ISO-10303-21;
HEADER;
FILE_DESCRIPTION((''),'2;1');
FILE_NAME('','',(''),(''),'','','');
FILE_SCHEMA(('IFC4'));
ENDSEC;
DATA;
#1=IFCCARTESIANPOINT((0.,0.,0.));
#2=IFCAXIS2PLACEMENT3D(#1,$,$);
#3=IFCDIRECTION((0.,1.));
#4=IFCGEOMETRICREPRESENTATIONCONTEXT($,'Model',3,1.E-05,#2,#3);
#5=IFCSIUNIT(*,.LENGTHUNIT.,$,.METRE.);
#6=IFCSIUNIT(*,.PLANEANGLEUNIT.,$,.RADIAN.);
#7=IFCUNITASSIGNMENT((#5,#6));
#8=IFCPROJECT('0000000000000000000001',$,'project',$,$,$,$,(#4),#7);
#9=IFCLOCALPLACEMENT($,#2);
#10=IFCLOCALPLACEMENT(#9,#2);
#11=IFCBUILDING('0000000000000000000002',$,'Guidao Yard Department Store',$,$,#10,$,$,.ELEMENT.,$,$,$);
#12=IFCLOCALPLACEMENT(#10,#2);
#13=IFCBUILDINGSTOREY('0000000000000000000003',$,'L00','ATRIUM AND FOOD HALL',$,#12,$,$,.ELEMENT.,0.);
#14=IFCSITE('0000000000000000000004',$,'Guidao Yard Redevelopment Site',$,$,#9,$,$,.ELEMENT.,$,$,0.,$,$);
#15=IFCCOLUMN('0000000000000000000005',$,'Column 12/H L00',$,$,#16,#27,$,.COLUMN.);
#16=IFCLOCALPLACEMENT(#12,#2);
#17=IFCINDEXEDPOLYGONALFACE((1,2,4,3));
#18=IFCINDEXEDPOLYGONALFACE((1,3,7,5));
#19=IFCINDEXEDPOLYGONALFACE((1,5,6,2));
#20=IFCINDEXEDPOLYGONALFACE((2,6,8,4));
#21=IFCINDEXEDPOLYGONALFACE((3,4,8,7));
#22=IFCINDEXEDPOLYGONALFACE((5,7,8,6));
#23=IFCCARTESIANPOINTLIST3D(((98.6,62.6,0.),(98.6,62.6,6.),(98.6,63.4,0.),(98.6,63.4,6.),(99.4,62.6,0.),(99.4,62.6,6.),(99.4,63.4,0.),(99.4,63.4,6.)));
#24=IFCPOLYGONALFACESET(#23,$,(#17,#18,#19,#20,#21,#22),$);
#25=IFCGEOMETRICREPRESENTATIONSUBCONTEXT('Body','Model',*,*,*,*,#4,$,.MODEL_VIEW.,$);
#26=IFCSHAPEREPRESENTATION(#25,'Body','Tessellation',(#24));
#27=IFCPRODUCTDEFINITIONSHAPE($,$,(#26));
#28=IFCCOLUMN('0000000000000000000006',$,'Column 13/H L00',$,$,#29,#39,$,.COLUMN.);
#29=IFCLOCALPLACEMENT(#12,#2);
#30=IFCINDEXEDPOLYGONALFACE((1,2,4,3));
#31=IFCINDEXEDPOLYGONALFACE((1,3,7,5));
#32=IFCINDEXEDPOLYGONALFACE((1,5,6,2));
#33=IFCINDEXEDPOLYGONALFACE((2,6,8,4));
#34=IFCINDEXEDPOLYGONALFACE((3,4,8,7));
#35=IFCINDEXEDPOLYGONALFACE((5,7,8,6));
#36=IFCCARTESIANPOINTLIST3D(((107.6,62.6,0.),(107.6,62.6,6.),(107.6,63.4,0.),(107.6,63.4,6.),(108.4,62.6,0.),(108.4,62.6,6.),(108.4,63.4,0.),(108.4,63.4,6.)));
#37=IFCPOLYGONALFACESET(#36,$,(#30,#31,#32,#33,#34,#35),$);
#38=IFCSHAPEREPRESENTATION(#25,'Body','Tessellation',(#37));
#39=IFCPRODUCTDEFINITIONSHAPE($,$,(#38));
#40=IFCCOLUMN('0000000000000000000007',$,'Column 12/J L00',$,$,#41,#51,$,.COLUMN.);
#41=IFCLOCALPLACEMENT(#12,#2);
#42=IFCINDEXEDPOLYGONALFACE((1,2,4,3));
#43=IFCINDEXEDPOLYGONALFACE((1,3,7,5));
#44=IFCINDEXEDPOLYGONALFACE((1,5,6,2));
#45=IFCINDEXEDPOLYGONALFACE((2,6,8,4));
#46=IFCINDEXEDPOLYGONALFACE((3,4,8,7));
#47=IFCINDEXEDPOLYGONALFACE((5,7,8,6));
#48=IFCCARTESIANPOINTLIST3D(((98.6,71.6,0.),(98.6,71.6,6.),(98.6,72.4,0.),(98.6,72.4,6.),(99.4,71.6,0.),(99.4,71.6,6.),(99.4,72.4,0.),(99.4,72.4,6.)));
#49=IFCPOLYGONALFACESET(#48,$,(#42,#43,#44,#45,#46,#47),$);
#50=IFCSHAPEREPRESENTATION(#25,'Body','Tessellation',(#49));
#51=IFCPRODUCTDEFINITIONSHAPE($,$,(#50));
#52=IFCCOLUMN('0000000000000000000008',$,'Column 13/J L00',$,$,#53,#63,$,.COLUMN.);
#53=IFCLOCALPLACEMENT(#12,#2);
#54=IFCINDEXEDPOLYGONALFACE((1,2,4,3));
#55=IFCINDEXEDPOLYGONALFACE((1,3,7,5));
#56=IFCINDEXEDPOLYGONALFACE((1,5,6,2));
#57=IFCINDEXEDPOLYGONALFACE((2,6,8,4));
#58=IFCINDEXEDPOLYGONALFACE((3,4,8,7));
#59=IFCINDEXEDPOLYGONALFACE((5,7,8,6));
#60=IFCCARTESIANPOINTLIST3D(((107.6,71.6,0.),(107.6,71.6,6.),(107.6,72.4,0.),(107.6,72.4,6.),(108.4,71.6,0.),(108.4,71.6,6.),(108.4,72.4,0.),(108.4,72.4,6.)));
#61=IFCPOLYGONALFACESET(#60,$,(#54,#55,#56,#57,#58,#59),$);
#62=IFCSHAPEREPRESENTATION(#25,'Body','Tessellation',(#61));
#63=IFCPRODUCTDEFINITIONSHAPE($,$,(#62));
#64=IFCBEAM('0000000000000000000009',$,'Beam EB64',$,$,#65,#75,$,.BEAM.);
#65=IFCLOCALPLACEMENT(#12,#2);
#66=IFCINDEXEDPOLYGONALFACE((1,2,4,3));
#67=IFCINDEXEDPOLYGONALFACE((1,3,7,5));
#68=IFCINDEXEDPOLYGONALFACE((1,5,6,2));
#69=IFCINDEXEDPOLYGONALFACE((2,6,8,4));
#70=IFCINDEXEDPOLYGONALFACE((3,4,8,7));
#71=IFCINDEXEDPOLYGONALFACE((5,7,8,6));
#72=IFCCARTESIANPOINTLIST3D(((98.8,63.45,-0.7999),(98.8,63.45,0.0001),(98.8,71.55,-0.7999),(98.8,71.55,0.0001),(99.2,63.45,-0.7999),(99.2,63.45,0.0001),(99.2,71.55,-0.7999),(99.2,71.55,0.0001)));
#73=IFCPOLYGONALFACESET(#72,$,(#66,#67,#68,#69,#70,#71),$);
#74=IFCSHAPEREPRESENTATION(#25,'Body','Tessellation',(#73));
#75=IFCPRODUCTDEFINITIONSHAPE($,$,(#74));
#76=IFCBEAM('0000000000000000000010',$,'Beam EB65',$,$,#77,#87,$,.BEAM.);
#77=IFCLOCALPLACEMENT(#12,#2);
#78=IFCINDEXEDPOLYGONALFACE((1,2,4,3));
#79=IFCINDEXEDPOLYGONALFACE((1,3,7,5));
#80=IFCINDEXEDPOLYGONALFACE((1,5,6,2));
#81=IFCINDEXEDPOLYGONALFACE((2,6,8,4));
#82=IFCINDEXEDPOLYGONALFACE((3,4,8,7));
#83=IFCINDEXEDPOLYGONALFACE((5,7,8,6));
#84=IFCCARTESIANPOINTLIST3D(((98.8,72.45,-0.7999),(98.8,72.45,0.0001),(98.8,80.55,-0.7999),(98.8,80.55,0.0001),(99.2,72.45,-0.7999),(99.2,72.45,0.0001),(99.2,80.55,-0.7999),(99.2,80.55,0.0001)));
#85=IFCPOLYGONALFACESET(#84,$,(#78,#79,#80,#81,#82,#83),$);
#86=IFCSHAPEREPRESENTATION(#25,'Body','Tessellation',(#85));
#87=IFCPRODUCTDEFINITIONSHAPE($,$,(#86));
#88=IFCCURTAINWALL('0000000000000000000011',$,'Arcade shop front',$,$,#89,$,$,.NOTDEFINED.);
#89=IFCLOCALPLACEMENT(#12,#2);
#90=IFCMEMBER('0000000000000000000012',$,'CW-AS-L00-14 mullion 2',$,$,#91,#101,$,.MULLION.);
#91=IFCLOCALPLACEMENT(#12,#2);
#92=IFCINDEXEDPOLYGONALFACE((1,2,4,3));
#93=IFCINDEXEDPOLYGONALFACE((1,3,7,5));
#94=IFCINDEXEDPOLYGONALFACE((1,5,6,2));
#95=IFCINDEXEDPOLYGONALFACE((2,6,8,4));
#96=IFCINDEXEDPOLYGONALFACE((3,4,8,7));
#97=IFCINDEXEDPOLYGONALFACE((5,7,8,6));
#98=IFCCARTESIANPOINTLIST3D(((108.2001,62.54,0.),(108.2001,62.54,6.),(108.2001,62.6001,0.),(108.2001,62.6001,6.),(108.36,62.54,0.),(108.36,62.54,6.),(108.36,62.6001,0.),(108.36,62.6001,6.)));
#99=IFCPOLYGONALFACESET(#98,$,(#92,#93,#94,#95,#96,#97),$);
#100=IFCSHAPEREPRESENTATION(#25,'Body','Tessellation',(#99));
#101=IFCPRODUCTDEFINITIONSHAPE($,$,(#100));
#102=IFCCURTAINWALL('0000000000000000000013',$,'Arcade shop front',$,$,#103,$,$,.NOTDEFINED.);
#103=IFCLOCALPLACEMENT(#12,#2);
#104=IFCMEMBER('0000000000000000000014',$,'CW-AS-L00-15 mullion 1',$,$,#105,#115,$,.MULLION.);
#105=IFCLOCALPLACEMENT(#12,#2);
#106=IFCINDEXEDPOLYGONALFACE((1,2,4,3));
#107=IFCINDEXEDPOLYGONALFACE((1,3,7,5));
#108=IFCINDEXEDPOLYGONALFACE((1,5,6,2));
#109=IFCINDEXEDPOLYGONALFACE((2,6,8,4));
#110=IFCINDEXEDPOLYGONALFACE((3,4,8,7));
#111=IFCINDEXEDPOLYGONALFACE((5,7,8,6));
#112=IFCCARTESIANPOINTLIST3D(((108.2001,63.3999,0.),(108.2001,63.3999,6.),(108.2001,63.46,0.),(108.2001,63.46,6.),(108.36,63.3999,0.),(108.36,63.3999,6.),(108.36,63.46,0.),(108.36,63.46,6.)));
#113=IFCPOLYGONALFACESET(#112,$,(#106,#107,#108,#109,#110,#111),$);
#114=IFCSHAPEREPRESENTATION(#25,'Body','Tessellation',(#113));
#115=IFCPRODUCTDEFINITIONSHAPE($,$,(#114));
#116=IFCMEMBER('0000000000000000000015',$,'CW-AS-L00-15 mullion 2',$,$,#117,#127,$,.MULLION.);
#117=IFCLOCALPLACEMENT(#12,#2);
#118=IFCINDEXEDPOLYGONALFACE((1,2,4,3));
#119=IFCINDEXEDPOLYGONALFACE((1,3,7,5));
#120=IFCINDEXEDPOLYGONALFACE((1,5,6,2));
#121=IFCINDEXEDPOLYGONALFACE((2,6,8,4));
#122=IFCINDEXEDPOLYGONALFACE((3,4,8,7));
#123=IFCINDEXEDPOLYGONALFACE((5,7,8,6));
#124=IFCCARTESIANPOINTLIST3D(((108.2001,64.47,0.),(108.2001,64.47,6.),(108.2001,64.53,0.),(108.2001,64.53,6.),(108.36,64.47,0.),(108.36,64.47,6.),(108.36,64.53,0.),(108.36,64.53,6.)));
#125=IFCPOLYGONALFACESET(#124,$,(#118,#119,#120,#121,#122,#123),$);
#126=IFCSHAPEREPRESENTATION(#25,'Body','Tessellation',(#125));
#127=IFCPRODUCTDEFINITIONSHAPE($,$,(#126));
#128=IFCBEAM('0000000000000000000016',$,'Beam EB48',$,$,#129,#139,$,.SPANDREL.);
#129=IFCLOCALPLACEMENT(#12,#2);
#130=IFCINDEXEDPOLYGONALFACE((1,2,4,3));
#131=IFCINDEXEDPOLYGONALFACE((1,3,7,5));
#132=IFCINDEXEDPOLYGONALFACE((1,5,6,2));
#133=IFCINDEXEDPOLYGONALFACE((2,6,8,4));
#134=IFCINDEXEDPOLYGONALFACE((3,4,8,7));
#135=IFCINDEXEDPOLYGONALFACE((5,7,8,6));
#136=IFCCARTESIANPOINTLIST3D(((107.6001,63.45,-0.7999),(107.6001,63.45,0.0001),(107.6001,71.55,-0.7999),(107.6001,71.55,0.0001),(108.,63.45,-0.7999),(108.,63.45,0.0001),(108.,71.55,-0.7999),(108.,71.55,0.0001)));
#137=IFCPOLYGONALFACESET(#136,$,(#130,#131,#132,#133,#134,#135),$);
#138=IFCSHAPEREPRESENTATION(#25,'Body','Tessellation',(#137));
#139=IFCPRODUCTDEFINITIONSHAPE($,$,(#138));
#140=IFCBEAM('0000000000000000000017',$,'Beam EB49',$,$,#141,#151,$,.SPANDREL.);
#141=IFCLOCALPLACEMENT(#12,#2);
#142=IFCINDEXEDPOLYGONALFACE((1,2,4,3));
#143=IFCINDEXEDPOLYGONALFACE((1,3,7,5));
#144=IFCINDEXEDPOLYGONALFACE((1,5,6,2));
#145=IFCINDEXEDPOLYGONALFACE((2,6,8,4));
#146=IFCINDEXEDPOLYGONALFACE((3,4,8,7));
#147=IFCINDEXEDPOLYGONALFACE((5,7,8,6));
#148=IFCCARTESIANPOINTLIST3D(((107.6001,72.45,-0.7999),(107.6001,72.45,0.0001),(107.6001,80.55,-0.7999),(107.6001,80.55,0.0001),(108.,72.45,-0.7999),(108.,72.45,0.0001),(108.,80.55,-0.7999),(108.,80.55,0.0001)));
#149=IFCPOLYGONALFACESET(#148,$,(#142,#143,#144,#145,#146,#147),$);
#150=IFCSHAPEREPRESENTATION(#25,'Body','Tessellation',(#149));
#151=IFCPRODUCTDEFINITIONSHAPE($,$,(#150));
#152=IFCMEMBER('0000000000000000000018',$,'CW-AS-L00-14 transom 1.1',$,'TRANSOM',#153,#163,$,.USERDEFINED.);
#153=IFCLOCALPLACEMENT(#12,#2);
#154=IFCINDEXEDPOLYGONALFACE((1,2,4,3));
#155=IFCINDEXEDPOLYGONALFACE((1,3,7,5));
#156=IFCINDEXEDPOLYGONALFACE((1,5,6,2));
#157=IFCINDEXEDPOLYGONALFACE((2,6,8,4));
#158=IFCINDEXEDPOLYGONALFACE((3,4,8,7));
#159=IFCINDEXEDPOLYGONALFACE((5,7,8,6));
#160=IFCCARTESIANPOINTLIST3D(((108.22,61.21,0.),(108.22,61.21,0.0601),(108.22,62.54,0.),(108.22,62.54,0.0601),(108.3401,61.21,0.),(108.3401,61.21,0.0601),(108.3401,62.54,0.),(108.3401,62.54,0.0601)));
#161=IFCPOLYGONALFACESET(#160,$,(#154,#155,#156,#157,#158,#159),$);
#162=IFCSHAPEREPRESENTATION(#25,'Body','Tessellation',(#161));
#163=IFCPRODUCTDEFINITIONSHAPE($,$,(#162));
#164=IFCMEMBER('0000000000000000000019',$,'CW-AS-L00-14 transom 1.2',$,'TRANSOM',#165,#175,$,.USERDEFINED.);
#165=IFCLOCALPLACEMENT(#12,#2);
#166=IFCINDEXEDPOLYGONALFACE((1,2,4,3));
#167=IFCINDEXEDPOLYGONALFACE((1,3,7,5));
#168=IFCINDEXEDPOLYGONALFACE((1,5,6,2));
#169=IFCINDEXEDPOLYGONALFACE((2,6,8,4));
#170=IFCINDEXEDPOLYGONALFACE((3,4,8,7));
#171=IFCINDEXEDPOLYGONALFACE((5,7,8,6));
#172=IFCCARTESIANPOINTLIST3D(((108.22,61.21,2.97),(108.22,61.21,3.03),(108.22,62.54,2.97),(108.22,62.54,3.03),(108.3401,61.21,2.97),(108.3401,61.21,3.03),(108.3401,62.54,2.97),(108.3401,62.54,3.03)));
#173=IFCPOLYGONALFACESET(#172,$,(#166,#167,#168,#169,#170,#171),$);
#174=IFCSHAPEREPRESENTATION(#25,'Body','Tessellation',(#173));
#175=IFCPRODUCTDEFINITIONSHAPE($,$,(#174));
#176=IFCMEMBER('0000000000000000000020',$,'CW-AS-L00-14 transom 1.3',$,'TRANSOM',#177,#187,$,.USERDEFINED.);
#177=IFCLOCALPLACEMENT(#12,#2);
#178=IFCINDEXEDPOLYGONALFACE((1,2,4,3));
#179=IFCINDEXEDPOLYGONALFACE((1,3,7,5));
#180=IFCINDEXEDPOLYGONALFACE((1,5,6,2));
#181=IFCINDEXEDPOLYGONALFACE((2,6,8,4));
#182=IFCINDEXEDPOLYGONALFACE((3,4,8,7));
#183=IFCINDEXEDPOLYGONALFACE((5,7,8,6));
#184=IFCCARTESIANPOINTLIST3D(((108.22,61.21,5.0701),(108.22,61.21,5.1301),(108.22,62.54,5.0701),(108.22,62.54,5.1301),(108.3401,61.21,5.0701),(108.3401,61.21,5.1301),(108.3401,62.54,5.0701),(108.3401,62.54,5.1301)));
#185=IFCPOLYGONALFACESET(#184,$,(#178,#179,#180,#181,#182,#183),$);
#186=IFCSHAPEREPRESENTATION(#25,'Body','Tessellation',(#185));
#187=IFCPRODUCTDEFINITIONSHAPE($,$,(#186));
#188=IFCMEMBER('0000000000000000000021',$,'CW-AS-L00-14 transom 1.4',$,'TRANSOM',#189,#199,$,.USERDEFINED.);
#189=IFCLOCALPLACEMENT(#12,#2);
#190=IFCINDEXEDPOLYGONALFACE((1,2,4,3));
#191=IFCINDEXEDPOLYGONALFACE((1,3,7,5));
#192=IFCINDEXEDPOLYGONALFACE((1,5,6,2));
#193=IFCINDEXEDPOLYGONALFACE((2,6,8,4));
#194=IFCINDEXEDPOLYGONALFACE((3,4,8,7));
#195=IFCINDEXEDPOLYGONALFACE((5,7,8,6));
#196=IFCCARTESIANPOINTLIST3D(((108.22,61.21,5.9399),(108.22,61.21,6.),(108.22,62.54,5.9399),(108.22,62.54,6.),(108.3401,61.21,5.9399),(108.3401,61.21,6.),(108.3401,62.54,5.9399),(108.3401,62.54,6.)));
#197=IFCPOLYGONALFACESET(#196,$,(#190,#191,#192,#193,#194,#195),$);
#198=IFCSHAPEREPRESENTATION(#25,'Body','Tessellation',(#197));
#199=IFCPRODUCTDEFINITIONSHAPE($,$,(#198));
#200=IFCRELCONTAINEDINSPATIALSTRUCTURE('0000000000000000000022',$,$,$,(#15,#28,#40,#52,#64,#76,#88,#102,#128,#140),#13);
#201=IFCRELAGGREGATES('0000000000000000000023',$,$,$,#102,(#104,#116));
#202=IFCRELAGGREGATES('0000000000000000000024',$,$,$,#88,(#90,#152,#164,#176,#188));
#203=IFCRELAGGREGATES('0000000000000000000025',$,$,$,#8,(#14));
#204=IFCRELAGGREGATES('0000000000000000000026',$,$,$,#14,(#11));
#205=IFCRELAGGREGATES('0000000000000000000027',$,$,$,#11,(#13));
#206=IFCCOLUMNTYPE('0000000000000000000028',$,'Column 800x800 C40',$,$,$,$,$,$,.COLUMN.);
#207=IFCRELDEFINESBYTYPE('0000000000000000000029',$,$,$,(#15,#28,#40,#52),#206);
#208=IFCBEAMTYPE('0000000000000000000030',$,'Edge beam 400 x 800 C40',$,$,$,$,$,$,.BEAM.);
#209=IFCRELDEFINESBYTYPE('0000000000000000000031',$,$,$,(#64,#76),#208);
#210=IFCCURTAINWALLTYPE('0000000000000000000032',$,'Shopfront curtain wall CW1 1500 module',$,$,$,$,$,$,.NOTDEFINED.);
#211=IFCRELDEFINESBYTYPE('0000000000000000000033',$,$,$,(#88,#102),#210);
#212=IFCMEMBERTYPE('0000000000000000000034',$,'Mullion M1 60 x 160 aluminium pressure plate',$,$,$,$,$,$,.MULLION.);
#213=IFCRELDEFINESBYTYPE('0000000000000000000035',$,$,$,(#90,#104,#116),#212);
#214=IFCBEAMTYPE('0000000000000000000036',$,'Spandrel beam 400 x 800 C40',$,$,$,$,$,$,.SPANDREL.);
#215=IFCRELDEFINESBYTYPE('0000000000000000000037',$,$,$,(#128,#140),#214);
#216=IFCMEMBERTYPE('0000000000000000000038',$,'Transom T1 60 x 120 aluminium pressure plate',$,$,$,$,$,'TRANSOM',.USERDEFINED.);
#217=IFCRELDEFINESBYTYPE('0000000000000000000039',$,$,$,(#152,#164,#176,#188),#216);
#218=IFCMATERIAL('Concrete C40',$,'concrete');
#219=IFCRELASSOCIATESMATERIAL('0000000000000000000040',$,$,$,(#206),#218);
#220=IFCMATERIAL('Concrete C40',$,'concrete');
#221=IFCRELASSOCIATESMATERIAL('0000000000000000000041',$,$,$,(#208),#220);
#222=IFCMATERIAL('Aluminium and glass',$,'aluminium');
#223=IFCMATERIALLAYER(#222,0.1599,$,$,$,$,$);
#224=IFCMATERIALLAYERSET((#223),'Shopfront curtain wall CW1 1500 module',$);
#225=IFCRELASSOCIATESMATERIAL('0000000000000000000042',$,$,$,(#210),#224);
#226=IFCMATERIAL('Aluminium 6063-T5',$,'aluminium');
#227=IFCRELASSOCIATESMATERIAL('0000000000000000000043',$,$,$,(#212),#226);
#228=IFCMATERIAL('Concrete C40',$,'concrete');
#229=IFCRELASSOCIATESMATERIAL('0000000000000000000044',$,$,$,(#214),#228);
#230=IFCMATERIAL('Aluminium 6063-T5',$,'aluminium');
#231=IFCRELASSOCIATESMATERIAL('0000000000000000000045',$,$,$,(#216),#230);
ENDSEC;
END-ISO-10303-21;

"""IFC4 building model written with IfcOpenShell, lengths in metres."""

from ifc_helpers import new_model, si_unit, direction, frame, origin, origin_2d, place, context, subcontext, project, spatial, rectangle, extrude, material, layer, layer_set, material_profile, profile_set, type_object, element, aggregate, save


model = new_model("IFC4")

# Units and contexts
model_context = context("Model", 3, precision=1e-05, world=origin(), true_north=direction((0.0, 1.0)))
body_context = subcontext(model_context, "Body", "Model", "MODEL_VIEW")
ifc_project = project(units=[si_unit("LENGTHUNIT", "METRE"), si_unit("PLANEANGLEUNIT", "RADIAN")], contexts=[model_context])

# Site, building, storey
site_placement = place(None, origin())
site = spatial("IfcSite", under=ifc_project, at=site_placement, Name="Guidao Yard Redevelopment Site", CompositionType="ELEMENT", RefElevation=0.0)
building_placement = place(site_placement, origin())
building = spatial("IfcBuilding", under=site, at=building_placement, Name="Guidao Yard Department Store", CompositionType="ELEMENT")
storey_placement = place(building_placement, origin())
storey = spatial("IfcBuildingStorey", under=building, at=storey_placement, Name="L00", Description="ATRIUM AND FOOD HALL", CompositionType="ELEMENT", Elevation=0.0)

# Columns
ifc_material_1 = material(Name="Concrete C40", Category="concrete")
ifc_material_profile_1 = material_profile(ifc_material_1, rectangle(XDim=0.8, YDim=0.8, at=origin_2d()), Name="COL 800x800")
ifc_profile_set_1 = profile_set([ifc_material_profile_1], Name="Concrete C40")
column_type = type_object("IfcColumnType", Name="Column 800x800 C40", PredefinedType="COLUMN", material=ifc_profile_set_1)
for number, where, z_axis, x_axis, name in (
    (1, (99.0, 63.0, 0.0), (0.0, 0.0, 1.0), (1.0, 0.0, 0.0), "Column 12/H L00"),
    (2, (108.0, 63.0, 0.0), (0.0, 0.0, 1.0), (1.0, 0.0, 0.0), "Column 13/H L00"),
    (3, (99.0, 72.0, 0.0), (0.0, 0.0, 1.0), (1.0, 0.0, 0.0), "Column 12/J L00"),
    (4, (108.0, 72.0, 0.0), (0.0, 0.0, 1.0), (1.0, 0.0, 0.0), "Column 13/J L00"),
):
    element("IfcColumn", number, at=place(storey_placement, frame(where, z_axis=z_axis, x_axis=x_axis)), inside=storey, type_object=column_type, Name=name, PredefinedType="COLUMN", context=body_context, shape_type="SweptSolid", body=[
        extrude(rectangle(XDim=0.8, YDim=0.8, at=origin_2d()), origin(), (0.0, 0.0, 1.0), 6.0),
    ])

# Beams
ifc_material_2 = material(Name="Concrete C40", Category="concrete")
ifc_material_profile_2 = material_profile(ifc_material_2, rectangle(XDim=0.3999, YDim=0.8, at=origin_2d()), Name="Edge beam 400 x 800 C40")
ifc_profile_set_2 = profile_set([ifc_material_profile_2], Name="Concrete C40")
beam_type_1 = type_object("IfcBeamType", Name="Edge beam 400 x 800 C40", PredefinedType="BEAM", material=ifc_profile_set_2)
for number, where, z_axis, x_axis, name in (
    (5, (99.0, 63.45, -0.3999), (0.0, 1.0, 0.0), (-1.0, 0.0, 0.0), "Beam EB64"),
    (6, (99.0, 72.45, -0.3999), (0.0, 1.0, 0.0), (-1.0, 0.0, 0.0), "Beam EB65"),
):
    element("IfcBeam", number, at=place(storey_placement, frame(where, z_axis=z_axis, x_axis=x_axis)), inside=storey, type_object=beam_type_1, Name=name, PredefinedType="BEAM", context=body_context, shape_type="SweptSolid", body=[
        extrude(rectangle(XDim=0.3999, YDim=0.8, at=origin_2d()), origin(), (0.0, 0.0, 1.0), 8.1001),
    ])

# Curtain wall, member
ifc_material_3 = material(Name="Aluminium and glass", Category="aluminium")
ifc_layer_1 = layer(ifc_material_3, 0.1599)
ifc_layer_set_1 = layer_set([ifc_layer_1], Name="Shopfront curtain wall CW1 1500 module")
curtain_wall_type = type_object("IfcCurtainWallType", Name="Shopfront curtain wall CW1 1500 module", PredefinedType="NOTDEFINED", material=ifc_layer_set_1)
curtain_wall_1_placement = place(storey_placement, origin())
curtain_wall_1 = element("IfcCurtainWall", 7, at=curtain_wall_1_placement, inside=storey, type_object=curtain_wall_type, Name="Arcade shop front", PredefinedType="NOTDEFINED")
ifc_material_4 = material(Name="Aluminium 6063-T5", Category="aluminium")
ifc_material_profile_3 = material_profile(ifc_material_4, rectangle(XDim=0.0601, YDim=0.1599, at=origin_2d()), Name="Mullion M1 60 x 160 aluminium pressure plate")
ifc_profile_set_3 = profile_set([ifc_material_profile_3], Name="Aluminium 6063-T5")
member_type_1 = type_object("IfcMemberType", Name="Mullion M1 60 x 160 aluminium pressure plate", PredefinedType="MULLION", material=ifc_profile_set_3)
member_1_placement = place(storey_placement, frame((108.28, 62.5701, 0.0), z_axis=(0.0, 0.0, 1.0), x_axis=(0.0, -1.0, 0.0)))
member_1 = element("IfcMember", 8, at=member_1_placement, type_object=member_type_1, Name="CW-AS-L00-14 mullion 2", PredefinedType="MULLION", context=body_context, shape_type="SweptSolid", body=[
    extrude(rectangle(XDim=0.0601, YDim=0.1599, at=origin_2d()), origin(), (0.0, 0.0, 1.0), 6.0),
])

# Curtain wall, members
curtain_wall_2_placement = place(storey_placement, origin())
curtain_wall_2 = element("IfcCurtainWall", 9, at=curtain_wall_2_placement, inside=storey, type_object=curtain_wall_type, Name="Arcade shop front", PredefinedType="NOTDEFINED")
member_2_placement = place(storey_placement, frame((108.28, 63.4299, 0.0), z_axis=(0.0, 0.0, 1.0), x_axis=(0.0, -1.0, 0.0)))
member_2 = element("IfcMember", 10, at=member_2_placement, type_object=member_type_1, Name="CW-AS-L00-15 mullion 1", PredefinedType="MULLION", context=body_context, shape_type="SweptSolid", body=[
    extrude(rectangle(XDim=0.0601, YDim=0.1599, at=origin_2d()), origin(), (0.0, 0.0, 1.0), 6.0),
])
member_3_placement = place(storey_placement, frame((108.28, 64.5, 0.0), z_axis=(0.0, 0.0, 1.0), x_axis=(0.0, -1.0, 0.0)))
member_3 = element("IfcMember", 11, at=member_3_placement, type_object=member_type_1, Name="CW-AS-L00-15 mullion 2", PredefinedType="MULLION", context=body_context, shape_type="SweptSolid", body=[
    extrude(rectangle(XDim=0.0601, YDim=0.1599, at=origin_2d()), origin(), (0.0, 0.0, 1.0), 6.0),
])
aggregate(curtain_wall_2, [member_2, member_3])

# Beams
ifc_material_5 = material(Name="Concrete C40", Category="concrete")
ifc_material_profile_4 = material_profile(ifc_material_5, rectangle(XDim=0.3999, YDim=0.8, at=origin_2d()), Name="Spandrel beam 400 x 800 C40")
ifc_profile_set_4 = profile_set([ifc_material_profile_4], Name="Concrete C40")
beam_type_2 = type_object("IfcBeamType", Name="Spandrel beam 400 x 800 C40", PredefinedType="SPANDREL", material=ifc_profile_set_4)
for number, where, z_axis, x_axis, name in (
    (12, (107.8, 63.45, -0.3999), (0.0, 1.0, 0.0), (-1.0, 0.0, 0.0), "Beam EB48"),
    (13, (107.8, 72.45, -0.3999), (0.0, 1.0, 0.0), (-1.0, 0.0, 0.0), "Beam EB49"),
):
    element("IfcBeam", number, at=place(storey_placement, frame(where, z_axis=z_axis, x_axis=x_axis)), inside=storey, type_object=beam_type_2, Name=name, PredefinedType="SPANDREL", context=body_context, shape_type="SweptSolid", body=[
        extrude(rectangle(XDim=0.3999, YDim=0.8, at=origin_2d()), origin(), (0.0, 0.0, 1.0), 8.1001),
    ])

# Members
ifc_material_6 = material(Name="Aluminium 6063-T5", Category="aluminium")
ifc_material_profile_5 = material_profile(ifc_material_6, rectangle(XDim=0.1201, YDim=0.0601, at=origin_2d()), Name="Transom T1 60 x 120 aluminium pressure plate")
ifc_profile_set_5 = profile_set([ifc_material_profile_5], Name="Aluminium 6063-T5")
member_type_2 = type_object("IfcMemberType", Name="Transom T1 60 x 120 aluminium pressure plate", ElementType="TRANSOM", PredefinedType="USERDEFINED", material=ifc_profile_set_5)
member_4_placement = place(storey_placement, frame((108.28, 62.54, 0.03), z_axis=(0.0, -1.0, 0.0), x_axis=(1.0, 0.0, 0.0)))
member_4 = element("IfcMember", 14, at=member_4_placement, type_object=member_type_2, Name="CW-AS-L00-14 transom 1.1", ObjectType="TRANSOM", PredefinedType="USERDEFINED", context=body_context, shape_type="SweptSolid", body=[
    extrude(rectangle(XDim=0.1201, YDim=0.0601, at=origin_2d()), origin(), (0.0, 0.0, 1.0), 1.3301),
])
member_5_placement = place(storey_placement, frame((108.28, 62.54, 3.0), z_axis=(0.0, -1.0, 0.0), x_axis=(1.0, 0.0, 0.0)))
member_5 = element("IfcMember", 15, at=member_5_placement, type_object=member_type_2, Name="CW-AS-L00-14 transom 1.2", ObjectType="TRANSOM", PredefinedType="USERDEFINED", context=body_context, shape_type="SweptSolid", body=[
    extrude(rectangle(XDim=0.1201, YDim=0.0601, at=origin_2d()), origin(), (0.0, 0.0, 1.0), 1.3301),
])
member_6_placement = place(storey_placement, frame((108.28, 62.54, 5.1001), z_axis=(0.0, -1.0, 0.0), x_axis=(1.0, 0.0, 0.0)))
member_6 = element("IfcMember", 16, at=member_6_placement, type_object=member_type_2, Name="CW-AS-L00-14 transom 1.3", ObjectType="TRANSOM", PredefinedType="USERDEFINED", context=body_context, shape_type="SweptSolid", body=[
    extrude(rectangle(XDim=0.1201, YDim=0.0601, at=origin_2d()), origin(), (0.0, 0.0, 1.0), 1.3301),
])
member_7_placement = place(storey_placement, frame((108.28, 62.54, 5.97), z_axis=(0.0, -1.0, 0.0), x_axis=(1.0, 0.0, 0.0)))
member_7 = element("IfcMember", 17, at=member_7_placement, type_object=member_type_2, Name="CW-AS-L00-14 transom 1.4", ObjectType="TRANSOM", PredefinedType="USERDEFINED", context=body_context, shape_type="SweptSolid", body=[
    extrude(rectangle(XDim=0.1201, YDim=0.0601, at=origin_2d()), origin(), (0.0, 0.0, 1.0), 1.3301),
])

aggregate(curtain_wall_1, [member_1, member_4, member_5, member_6, member_7])

save(model, "model.ifc")
